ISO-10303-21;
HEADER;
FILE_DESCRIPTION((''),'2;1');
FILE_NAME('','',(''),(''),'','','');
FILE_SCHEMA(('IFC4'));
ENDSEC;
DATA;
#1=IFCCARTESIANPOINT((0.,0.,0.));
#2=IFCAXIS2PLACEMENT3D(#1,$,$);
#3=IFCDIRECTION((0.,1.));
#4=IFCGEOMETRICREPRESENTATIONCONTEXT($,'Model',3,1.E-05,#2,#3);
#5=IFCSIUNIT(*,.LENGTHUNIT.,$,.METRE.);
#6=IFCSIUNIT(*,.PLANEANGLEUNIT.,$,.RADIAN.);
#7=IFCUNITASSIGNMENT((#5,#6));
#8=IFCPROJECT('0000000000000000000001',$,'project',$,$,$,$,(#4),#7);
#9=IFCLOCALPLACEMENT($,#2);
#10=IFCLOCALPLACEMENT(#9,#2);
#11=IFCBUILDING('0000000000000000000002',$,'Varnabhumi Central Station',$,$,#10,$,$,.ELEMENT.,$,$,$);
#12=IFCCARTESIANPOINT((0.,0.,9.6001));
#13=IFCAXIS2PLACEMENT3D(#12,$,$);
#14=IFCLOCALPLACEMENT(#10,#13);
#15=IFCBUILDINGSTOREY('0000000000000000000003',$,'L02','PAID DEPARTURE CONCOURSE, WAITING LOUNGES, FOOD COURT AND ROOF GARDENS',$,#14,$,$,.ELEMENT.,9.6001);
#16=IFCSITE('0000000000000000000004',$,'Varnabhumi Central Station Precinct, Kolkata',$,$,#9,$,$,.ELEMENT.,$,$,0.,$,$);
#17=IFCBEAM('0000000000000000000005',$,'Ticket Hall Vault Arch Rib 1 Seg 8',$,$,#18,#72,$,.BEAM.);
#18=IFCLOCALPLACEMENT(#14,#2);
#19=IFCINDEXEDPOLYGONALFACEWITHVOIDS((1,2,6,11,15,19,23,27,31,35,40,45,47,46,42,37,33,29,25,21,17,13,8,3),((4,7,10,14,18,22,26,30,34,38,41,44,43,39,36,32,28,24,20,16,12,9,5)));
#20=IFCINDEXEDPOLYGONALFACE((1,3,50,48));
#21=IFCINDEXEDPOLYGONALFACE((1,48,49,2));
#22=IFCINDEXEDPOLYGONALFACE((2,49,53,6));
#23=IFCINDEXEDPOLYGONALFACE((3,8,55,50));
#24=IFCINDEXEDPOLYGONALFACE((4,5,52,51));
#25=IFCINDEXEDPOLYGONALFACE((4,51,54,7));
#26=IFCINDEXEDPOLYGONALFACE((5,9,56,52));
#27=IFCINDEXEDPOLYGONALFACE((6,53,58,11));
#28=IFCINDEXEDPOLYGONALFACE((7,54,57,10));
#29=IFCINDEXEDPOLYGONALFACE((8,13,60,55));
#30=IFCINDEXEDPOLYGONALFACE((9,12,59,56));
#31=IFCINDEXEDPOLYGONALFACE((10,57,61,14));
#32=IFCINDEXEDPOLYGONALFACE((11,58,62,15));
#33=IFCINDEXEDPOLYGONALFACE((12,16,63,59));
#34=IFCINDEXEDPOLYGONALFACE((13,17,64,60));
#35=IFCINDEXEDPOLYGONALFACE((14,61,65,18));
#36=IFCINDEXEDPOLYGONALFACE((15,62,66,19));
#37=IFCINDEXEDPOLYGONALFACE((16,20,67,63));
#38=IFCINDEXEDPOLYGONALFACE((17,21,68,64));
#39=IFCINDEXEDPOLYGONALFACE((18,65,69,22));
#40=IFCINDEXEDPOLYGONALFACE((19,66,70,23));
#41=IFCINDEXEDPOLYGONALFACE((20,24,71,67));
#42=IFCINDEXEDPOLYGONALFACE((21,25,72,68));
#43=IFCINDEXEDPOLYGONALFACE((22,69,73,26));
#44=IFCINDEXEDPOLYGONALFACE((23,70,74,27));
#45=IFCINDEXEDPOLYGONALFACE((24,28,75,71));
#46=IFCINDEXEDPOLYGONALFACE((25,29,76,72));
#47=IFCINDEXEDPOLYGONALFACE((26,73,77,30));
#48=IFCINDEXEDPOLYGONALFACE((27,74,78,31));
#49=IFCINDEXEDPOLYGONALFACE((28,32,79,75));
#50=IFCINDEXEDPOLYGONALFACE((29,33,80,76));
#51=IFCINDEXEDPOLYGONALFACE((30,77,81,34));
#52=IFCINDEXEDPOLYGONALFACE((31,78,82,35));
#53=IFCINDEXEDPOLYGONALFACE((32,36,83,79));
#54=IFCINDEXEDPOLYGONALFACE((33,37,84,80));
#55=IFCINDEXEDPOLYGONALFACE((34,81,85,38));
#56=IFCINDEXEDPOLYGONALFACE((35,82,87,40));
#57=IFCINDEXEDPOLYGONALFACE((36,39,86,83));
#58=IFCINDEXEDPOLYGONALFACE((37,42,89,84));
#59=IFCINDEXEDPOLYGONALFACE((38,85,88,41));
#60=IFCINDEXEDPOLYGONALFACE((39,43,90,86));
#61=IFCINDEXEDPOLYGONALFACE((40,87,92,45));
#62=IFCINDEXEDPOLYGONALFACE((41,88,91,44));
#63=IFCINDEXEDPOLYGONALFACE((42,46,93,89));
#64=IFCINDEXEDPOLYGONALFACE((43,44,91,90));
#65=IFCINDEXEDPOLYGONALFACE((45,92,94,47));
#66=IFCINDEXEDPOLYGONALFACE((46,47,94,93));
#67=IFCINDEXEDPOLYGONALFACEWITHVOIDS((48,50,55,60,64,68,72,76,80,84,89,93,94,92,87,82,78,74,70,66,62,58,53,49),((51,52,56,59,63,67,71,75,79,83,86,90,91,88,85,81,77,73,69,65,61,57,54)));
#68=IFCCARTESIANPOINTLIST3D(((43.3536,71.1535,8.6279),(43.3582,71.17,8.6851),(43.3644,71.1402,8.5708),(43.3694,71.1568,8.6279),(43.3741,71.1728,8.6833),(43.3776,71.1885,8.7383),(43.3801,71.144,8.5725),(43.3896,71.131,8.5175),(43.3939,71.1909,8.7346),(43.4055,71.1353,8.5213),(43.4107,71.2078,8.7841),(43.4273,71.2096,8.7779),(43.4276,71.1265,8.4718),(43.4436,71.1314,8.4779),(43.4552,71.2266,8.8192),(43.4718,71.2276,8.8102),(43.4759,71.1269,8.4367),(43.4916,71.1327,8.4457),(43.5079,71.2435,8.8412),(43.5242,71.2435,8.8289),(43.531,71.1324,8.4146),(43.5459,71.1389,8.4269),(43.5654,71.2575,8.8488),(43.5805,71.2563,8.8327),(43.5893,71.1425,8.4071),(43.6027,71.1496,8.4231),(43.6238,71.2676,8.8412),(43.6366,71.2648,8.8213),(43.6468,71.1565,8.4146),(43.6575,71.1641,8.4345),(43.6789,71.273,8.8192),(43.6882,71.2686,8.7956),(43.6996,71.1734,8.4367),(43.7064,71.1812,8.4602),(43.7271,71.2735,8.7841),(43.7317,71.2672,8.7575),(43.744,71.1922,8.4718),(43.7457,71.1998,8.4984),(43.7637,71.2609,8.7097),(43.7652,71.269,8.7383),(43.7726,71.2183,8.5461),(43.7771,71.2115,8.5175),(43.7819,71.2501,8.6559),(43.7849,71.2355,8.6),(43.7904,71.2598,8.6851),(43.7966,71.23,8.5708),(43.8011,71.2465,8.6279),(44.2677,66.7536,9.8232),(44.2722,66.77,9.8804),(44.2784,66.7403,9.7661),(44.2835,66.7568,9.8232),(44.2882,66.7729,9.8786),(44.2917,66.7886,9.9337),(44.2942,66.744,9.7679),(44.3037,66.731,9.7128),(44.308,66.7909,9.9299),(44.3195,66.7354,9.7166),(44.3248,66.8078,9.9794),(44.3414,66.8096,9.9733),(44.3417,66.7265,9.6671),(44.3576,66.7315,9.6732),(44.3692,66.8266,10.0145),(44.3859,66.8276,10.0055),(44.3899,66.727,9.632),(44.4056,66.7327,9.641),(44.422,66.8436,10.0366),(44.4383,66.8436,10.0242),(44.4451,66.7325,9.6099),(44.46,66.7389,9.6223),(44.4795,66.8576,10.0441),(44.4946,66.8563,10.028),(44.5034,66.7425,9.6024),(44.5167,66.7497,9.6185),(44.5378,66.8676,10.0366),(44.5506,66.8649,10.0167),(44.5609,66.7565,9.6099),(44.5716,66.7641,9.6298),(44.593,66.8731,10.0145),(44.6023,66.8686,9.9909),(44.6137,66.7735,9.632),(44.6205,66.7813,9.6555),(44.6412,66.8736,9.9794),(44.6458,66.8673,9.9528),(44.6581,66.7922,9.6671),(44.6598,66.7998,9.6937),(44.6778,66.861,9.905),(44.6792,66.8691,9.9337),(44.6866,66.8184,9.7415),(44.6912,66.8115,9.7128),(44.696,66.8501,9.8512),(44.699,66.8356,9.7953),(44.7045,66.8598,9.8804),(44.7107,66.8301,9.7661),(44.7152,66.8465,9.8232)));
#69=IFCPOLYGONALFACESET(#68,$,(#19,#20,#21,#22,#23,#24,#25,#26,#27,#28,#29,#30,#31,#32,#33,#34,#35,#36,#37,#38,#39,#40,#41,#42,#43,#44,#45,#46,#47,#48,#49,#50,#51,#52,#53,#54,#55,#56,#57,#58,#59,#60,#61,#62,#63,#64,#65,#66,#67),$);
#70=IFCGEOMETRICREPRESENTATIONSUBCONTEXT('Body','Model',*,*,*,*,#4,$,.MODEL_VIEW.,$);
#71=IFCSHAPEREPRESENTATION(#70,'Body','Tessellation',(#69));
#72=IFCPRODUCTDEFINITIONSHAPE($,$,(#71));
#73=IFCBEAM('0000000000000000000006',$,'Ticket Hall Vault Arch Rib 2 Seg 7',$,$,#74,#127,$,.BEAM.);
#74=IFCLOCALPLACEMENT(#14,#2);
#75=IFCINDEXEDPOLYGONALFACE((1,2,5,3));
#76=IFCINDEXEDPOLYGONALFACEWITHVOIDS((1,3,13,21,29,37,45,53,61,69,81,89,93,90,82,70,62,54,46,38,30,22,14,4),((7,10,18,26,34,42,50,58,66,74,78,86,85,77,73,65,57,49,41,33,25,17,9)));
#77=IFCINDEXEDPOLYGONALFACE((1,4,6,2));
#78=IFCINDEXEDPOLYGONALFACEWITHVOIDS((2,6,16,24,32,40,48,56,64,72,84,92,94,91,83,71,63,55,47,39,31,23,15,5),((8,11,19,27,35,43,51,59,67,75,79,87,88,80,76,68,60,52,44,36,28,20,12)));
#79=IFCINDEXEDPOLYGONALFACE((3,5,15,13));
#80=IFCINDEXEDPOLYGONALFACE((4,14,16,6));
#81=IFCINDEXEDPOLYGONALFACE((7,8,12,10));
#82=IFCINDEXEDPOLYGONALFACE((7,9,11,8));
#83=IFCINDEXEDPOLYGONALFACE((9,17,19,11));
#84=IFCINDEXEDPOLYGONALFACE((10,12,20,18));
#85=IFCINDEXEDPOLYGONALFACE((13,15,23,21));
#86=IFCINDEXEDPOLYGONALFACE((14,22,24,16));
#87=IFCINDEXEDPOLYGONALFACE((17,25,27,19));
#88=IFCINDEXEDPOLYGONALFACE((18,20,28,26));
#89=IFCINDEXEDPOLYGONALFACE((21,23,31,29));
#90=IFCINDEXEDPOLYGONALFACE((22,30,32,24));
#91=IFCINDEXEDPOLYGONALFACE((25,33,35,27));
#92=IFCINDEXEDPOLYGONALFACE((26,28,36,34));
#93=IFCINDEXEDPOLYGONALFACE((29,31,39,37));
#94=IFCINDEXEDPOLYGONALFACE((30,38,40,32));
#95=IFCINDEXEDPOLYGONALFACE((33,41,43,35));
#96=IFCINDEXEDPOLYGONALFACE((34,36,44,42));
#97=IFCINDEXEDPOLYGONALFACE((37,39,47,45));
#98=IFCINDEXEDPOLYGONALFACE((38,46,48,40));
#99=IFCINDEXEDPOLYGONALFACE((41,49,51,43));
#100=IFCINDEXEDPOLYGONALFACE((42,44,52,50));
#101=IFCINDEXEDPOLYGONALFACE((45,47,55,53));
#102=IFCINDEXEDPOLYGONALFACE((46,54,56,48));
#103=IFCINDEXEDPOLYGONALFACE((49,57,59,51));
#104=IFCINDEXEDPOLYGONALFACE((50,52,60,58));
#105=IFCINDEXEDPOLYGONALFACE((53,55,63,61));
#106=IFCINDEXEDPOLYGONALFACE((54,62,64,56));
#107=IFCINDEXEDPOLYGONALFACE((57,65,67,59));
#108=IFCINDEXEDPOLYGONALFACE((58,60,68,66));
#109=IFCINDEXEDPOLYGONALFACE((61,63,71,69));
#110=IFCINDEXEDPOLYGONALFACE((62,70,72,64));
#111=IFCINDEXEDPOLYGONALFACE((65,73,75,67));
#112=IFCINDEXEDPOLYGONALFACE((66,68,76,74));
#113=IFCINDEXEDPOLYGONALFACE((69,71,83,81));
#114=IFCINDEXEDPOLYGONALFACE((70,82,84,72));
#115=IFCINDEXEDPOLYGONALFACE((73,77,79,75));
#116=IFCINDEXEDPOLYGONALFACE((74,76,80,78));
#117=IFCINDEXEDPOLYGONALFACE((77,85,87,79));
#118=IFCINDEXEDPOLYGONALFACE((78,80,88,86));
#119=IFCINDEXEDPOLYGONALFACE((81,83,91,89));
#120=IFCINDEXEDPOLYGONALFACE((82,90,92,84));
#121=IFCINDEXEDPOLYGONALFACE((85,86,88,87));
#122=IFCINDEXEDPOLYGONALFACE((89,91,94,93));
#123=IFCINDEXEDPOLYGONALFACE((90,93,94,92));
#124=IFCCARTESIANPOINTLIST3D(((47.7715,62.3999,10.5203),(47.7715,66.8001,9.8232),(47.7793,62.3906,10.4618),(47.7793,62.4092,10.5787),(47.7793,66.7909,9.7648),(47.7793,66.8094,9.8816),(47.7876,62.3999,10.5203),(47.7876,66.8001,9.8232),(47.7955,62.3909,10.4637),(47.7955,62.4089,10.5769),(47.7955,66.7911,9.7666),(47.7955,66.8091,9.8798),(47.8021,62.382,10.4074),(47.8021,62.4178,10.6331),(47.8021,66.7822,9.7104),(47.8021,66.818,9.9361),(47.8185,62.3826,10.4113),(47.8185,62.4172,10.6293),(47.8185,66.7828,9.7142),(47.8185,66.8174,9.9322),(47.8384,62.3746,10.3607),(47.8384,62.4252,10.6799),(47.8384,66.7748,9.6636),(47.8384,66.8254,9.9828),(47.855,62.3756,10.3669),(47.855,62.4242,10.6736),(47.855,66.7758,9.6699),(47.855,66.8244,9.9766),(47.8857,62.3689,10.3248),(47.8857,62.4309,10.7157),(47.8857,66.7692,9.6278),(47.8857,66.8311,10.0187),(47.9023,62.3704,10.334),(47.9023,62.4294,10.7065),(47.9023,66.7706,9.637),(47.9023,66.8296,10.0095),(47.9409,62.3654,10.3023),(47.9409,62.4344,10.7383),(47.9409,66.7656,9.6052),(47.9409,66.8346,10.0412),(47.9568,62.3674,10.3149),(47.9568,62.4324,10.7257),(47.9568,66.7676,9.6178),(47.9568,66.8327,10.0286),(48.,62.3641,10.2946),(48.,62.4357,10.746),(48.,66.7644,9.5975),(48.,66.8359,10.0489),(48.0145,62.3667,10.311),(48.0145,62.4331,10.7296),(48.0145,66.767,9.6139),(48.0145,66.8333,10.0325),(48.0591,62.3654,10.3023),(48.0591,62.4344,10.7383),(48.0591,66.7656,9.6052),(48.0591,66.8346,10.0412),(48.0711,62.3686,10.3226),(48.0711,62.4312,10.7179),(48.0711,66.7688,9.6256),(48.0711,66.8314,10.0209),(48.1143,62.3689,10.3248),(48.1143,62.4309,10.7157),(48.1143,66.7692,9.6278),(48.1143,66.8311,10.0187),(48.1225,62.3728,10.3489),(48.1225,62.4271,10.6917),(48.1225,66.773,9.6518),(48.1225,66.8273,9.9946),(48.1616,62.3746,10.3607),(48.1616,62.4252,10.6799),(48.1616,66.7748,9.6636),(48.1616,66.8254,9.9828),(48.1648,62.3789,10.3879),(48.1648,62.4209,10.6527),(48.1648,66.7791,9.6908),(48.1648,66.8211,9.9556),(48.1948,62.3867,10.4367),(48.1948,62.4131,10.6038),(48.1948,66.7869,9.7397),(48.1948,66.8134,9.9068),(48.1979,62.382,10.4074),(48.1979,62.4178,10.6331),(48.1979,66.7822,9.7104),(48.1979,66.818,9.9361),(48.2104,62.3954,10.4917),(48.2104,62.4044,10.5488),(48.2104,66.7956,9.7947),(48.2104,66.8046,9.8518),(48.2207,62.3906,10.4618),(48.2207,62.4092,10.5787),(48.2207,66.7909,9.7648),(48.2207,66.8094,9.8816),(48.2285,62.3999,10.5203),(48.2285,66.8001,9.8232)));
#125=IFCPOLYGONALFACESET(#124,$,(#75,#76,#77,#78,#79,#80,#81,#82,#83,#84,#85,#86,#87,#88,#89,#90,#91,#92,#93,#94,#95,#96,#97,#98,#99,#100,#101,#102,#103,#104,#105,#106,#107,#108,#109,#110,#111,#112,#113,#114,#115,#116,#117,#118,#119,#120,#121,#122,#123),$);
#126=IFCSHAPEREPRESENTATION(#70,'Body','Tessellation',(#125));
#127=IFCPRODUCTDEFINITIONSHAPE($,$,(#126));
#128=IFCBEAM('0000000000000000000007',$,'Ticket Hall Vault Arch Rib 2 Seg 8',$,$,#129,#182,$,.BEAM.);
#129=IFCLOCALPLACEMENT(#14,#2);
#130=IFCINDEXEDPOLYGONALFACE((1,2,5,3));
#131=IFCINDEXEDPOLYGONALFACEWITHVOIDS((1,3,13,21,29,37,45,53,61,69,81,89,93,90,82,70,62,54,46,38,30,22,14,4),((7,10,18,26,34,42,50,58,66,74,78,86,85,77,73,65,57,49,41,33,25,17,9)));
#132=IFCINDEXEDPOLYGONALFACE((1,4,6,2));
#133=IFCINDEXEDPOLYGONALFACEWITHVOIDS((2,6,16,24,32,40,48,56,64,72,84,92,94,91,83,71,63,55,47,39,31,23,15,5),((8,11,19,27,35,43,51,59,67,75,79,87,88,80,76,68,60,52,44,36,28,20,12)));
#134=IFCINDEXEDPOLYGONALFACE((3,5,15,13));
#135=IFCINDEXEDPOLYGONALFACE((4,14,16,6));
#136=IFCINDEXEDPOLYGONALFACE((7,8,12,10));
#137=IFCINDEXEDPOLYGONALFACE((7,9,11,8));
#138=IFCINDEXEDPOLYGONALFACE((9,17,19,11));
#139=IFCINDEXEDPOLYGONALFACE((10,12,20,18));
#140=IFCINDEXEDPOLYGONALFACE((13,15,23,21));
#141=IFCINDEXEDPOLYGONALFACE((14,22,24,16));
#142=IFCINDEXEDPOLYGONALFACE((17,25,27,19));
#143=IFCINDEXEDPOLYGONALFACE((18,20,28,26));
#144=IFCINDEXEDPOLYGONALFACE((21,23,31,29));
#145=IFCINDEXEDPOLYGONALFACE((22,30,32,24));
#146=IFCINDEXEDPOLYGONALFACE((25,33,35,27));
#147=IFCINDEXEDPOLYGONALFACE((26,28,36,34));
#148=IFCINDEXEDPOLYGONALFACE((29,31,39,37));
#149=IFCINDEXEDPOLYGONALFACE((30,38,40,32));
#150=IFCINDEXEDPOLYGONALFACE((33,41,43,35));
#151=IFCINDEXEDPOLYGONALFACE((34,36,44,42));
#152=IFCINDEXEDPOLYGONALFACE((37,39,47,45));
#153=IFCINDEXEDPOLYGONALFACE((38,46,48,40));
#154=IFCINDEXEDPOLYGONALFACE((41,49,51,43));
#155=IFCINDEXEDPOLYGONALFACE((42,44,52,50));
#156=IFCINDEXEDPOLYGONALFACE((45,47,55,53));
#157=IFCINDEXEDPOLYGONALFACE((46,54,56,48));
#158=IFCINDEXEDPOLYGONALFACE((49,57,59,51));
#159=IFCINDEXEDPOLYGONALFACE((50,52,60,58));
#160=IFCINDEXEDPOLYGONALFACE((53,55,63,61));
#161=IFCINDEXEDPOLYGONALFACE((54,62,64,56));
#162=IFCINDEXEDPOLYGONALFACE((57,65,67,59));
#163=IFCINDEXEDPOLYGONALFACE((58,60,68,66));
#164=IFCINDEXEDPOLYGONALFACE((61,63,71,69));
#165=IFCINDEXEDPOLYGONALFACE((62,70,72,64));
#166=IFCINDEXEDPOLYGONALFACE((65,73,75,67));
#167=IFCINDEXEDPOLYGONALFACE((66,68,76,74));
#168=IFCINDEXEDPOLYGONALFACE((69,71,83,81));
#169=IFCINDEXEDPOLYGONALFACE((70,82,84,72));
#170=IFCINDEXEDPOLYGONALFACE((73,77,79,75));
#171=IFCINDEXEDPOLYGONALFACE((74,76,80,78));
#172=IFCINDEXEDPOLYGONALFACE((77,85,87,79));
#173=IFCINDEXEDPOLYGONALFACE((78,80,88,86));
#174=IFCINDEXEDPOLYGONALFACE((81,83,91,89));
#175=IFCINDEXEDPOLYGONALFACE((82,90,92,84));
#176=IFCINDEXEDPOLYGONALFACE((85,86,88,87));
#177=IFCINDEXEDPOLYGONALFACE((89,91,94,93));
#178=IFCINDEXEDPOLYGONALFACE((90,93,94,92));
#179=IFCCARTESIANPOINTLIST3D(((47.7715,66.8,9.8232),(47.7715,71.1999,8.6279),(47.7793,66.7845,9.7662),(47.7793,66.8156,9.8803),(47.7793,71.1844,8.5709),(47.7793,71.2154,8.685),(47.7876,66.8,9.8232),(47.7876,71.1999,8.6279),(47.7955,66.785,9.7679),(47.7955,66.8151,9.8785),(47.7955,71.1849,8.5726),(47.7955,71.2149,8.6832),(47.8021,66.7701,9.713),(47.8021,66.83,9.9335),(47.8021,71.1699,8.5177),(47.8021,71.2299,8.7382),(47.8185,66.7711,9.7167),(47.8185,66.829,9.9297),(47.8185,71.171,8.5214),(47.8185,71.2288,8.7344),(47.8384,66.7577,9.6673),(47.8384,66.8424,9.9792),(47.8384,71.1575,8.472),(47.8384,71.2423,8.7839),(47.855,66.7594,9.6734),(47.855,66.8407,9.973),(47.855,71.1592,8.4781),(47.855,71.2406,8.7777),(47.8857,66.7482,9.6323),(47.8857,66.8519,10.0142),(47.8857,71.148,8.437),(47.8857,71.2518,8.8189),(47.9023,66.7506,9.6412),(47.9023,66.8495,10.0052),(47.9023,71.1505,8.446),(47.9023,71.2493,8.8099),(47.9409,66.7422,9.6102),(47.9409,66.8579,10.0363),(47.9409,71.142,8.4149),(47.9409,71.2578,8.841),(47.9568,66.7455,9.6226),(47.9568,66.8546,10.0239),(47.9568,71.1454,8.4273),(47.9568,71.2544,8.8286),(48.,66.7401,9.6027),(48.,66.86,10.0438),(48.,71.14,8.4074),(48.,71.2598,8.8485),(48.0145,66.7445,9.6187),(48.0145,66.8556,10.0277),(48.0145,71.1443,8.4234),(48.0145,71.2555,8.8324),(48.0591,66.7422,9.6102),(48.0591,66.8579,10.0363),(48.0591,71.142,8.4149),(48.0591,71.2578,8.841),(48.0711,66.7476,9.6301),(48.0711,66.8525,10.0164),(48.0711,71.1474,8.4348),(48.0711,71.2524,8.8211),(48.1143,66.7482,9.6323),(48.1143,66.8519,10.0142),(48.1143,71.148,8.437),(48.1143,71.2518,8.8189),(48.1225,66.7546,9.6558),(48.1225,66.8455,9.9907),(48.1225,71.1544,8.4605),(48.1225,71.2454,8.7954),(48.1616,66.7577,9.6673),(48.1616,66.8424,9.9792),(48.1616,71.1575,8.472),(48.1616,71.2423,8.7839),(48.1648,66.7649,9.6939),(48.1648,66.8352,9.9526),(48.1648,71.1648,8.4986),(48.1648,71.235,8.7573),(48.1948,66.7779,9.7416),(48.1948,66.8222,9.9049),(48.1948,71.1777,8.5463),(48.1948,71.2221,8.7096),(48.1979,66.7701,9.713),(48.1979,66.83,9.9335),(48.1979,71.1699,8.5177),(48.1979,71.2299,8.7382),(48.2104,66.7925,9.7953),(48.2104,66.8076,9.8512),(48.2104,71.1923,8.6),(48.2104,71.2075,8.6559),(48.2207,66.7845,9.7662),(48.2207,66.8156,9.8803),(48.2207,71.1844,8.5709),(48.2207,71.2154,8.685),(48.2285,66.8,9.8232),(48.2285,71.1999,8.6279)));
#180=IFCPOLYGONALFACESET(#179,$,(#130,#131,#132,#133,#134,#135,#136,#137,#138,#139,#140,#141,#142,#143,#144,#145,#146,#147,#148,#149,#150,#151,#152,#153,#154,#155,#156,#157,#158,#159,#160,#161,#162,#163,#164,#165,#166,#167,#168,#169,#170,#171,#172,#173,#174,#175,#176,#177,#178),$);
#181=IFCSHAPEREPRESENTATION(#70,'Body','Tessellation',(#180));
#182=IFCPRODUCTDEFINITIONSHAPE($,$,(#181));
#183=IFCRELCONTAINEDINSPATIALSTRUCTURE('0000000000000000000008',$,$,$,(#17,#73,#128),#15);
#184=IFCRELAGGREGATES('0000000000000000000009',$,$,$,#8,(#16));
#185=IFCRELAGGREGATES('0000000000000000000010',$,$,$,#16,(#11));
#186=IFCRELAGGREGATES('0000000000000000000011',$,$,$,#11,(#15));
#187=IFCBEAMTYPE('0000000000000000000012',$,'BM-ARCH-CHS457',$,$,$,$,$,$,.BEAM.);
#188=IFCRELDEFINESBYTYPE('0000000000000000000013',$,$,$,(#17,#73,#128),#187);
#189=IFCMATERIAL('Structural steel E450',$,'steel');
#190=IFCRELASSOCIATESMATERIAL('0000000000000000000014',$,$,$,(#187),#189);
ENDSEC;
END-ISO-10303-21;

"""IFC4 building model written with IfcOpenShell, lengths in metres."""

from ifc_helpers import new_model, si_unit, direction, frame, origin, origin_2d, place, context, subcontext, project, spatial, hollow_circle, extrude, material, material_profile, profile_set, type_object, element, save


model = new_model("IFC4")

# Units and contexts
model_context = context("Model", 3, precision=1e-05, world=origin(), true_north=direction((0.0, 1.0)))
body_context = subcontext(model_context, "Body", "Model", "MODEL_VIEW")
ifc_project = project(units=[si_unit("LENGTHUNIT", "METRE"), si_unit("PLANEANGLEUNIT", "RADIAN")], contexts=[model_context])

# Site, building, storey
site_placement = place(None, origin())
site = spatial("IfcSite", under=ifc_project, at=site_placement, Name="Varnabhumi Central Station Precinct, Kolkata", CompositionType="ELEMENT", RefElevation=0.0)
building_placement = place(site_placement, origin())
building = spatial("IfcBuilding", under=site, at=building_placement, Name="Varnabhumi Central Station", CompositionType="ELEMENT")
storey_placement = place(building_placement, frame((0.0, 0.0, 9.6001)))
storey = spatial("IfcBuildingStorey", under=building, at=storey_placement, Name="L02", Description="PAID DEPARTURE CONCOURSE, WAITING LOUNGES, FOOD COURT AND ROOF GARDENS", CompositionType="ELEMENT", Elevation=9.6001)

# Beams
ifc_material_1 = material(Name="Structural steel E450", Category="steel")
ifc_material_profile_1 = material_profile(ifc_material_1, hollow_circle(Radius=0.2285, WallThickness=0.0161, at=origin_2d()), Name="Structural steel E450", Category="steel")
ifc_profile_set_1 = profile_set([ifc_material_profile_1], Name="Structural steel E450")
beam_type_1 = type_object("IfcBeamType", Name="BM-ARCH-CHS457", PredefinedType="BEAM", material=ifc_profile_set_1)
beam_1_placement = place(storey_placement, frame((44.4915, 66.8, 9.8232), z_axis=(-0.196568, 0.946195, -0.257051), x_axis=(-0.979095, -0.203403, 0.0)))
element("IfcBeam", 1, at=beam_1_placement, inside=storey, type_object=beam_type_1, Name="Ticket Hall Vault Arch Rib 1 Seg 8", PredefinedType="BEAM", context=body_context, shape_type="SweptSolid", body=[
    extrude(hollow_circle(Radius=0.2285, WallThickness=0.0161, at=origin_2d()), origin(), (0.0, 0.0, 1.0), 4.6501),
])
beam_2_placement = place(storey_placement, frame((48.0, 62.3999, 10.5203), z_axis=(0.0, 0.987685, -0.156458), x_axis=(-1.0, 0.0, 0.0)))
element("IfcBeam", 2, at=beam_2_placement, inside=storey, type_object=beam_type_1, Name="Ticket Hall Vault Arch Rib 2 Seg 7", PredefinedType="BEAM", context=body_context, shape_type="SweptSolid", body=[
    extrude(hollow_circle(Radius=0.2285, WallThickness=0.0161, at=origin_2d()), origin(), (0.0, 0.0, 1.0), 4.4551),
])
beam_3_placement = place(storey_placement, frame((48.0, 66.8, 9.8232), z_axis=(0.0, 0.965023, -0.262166), x_axis=(-1.0, 0.0, 0.0)))
element("IfcBeam", 3, at=beam_3_placement, inside=storey, type_object=beam_type_1, Name="Ticket Hall Vault Arch Rib 2 Seg 8", PredefinedType="BEAM", context=body_context, shape_type="SweptSolid", body=[
    extrude(hollow_circle(Radius=0.2285, WallThickness=0.0161, at=origin_2d()), origin(), (0.0, 0.0, 1.0), 4.5593),
])

save(model, "model.ifc")
